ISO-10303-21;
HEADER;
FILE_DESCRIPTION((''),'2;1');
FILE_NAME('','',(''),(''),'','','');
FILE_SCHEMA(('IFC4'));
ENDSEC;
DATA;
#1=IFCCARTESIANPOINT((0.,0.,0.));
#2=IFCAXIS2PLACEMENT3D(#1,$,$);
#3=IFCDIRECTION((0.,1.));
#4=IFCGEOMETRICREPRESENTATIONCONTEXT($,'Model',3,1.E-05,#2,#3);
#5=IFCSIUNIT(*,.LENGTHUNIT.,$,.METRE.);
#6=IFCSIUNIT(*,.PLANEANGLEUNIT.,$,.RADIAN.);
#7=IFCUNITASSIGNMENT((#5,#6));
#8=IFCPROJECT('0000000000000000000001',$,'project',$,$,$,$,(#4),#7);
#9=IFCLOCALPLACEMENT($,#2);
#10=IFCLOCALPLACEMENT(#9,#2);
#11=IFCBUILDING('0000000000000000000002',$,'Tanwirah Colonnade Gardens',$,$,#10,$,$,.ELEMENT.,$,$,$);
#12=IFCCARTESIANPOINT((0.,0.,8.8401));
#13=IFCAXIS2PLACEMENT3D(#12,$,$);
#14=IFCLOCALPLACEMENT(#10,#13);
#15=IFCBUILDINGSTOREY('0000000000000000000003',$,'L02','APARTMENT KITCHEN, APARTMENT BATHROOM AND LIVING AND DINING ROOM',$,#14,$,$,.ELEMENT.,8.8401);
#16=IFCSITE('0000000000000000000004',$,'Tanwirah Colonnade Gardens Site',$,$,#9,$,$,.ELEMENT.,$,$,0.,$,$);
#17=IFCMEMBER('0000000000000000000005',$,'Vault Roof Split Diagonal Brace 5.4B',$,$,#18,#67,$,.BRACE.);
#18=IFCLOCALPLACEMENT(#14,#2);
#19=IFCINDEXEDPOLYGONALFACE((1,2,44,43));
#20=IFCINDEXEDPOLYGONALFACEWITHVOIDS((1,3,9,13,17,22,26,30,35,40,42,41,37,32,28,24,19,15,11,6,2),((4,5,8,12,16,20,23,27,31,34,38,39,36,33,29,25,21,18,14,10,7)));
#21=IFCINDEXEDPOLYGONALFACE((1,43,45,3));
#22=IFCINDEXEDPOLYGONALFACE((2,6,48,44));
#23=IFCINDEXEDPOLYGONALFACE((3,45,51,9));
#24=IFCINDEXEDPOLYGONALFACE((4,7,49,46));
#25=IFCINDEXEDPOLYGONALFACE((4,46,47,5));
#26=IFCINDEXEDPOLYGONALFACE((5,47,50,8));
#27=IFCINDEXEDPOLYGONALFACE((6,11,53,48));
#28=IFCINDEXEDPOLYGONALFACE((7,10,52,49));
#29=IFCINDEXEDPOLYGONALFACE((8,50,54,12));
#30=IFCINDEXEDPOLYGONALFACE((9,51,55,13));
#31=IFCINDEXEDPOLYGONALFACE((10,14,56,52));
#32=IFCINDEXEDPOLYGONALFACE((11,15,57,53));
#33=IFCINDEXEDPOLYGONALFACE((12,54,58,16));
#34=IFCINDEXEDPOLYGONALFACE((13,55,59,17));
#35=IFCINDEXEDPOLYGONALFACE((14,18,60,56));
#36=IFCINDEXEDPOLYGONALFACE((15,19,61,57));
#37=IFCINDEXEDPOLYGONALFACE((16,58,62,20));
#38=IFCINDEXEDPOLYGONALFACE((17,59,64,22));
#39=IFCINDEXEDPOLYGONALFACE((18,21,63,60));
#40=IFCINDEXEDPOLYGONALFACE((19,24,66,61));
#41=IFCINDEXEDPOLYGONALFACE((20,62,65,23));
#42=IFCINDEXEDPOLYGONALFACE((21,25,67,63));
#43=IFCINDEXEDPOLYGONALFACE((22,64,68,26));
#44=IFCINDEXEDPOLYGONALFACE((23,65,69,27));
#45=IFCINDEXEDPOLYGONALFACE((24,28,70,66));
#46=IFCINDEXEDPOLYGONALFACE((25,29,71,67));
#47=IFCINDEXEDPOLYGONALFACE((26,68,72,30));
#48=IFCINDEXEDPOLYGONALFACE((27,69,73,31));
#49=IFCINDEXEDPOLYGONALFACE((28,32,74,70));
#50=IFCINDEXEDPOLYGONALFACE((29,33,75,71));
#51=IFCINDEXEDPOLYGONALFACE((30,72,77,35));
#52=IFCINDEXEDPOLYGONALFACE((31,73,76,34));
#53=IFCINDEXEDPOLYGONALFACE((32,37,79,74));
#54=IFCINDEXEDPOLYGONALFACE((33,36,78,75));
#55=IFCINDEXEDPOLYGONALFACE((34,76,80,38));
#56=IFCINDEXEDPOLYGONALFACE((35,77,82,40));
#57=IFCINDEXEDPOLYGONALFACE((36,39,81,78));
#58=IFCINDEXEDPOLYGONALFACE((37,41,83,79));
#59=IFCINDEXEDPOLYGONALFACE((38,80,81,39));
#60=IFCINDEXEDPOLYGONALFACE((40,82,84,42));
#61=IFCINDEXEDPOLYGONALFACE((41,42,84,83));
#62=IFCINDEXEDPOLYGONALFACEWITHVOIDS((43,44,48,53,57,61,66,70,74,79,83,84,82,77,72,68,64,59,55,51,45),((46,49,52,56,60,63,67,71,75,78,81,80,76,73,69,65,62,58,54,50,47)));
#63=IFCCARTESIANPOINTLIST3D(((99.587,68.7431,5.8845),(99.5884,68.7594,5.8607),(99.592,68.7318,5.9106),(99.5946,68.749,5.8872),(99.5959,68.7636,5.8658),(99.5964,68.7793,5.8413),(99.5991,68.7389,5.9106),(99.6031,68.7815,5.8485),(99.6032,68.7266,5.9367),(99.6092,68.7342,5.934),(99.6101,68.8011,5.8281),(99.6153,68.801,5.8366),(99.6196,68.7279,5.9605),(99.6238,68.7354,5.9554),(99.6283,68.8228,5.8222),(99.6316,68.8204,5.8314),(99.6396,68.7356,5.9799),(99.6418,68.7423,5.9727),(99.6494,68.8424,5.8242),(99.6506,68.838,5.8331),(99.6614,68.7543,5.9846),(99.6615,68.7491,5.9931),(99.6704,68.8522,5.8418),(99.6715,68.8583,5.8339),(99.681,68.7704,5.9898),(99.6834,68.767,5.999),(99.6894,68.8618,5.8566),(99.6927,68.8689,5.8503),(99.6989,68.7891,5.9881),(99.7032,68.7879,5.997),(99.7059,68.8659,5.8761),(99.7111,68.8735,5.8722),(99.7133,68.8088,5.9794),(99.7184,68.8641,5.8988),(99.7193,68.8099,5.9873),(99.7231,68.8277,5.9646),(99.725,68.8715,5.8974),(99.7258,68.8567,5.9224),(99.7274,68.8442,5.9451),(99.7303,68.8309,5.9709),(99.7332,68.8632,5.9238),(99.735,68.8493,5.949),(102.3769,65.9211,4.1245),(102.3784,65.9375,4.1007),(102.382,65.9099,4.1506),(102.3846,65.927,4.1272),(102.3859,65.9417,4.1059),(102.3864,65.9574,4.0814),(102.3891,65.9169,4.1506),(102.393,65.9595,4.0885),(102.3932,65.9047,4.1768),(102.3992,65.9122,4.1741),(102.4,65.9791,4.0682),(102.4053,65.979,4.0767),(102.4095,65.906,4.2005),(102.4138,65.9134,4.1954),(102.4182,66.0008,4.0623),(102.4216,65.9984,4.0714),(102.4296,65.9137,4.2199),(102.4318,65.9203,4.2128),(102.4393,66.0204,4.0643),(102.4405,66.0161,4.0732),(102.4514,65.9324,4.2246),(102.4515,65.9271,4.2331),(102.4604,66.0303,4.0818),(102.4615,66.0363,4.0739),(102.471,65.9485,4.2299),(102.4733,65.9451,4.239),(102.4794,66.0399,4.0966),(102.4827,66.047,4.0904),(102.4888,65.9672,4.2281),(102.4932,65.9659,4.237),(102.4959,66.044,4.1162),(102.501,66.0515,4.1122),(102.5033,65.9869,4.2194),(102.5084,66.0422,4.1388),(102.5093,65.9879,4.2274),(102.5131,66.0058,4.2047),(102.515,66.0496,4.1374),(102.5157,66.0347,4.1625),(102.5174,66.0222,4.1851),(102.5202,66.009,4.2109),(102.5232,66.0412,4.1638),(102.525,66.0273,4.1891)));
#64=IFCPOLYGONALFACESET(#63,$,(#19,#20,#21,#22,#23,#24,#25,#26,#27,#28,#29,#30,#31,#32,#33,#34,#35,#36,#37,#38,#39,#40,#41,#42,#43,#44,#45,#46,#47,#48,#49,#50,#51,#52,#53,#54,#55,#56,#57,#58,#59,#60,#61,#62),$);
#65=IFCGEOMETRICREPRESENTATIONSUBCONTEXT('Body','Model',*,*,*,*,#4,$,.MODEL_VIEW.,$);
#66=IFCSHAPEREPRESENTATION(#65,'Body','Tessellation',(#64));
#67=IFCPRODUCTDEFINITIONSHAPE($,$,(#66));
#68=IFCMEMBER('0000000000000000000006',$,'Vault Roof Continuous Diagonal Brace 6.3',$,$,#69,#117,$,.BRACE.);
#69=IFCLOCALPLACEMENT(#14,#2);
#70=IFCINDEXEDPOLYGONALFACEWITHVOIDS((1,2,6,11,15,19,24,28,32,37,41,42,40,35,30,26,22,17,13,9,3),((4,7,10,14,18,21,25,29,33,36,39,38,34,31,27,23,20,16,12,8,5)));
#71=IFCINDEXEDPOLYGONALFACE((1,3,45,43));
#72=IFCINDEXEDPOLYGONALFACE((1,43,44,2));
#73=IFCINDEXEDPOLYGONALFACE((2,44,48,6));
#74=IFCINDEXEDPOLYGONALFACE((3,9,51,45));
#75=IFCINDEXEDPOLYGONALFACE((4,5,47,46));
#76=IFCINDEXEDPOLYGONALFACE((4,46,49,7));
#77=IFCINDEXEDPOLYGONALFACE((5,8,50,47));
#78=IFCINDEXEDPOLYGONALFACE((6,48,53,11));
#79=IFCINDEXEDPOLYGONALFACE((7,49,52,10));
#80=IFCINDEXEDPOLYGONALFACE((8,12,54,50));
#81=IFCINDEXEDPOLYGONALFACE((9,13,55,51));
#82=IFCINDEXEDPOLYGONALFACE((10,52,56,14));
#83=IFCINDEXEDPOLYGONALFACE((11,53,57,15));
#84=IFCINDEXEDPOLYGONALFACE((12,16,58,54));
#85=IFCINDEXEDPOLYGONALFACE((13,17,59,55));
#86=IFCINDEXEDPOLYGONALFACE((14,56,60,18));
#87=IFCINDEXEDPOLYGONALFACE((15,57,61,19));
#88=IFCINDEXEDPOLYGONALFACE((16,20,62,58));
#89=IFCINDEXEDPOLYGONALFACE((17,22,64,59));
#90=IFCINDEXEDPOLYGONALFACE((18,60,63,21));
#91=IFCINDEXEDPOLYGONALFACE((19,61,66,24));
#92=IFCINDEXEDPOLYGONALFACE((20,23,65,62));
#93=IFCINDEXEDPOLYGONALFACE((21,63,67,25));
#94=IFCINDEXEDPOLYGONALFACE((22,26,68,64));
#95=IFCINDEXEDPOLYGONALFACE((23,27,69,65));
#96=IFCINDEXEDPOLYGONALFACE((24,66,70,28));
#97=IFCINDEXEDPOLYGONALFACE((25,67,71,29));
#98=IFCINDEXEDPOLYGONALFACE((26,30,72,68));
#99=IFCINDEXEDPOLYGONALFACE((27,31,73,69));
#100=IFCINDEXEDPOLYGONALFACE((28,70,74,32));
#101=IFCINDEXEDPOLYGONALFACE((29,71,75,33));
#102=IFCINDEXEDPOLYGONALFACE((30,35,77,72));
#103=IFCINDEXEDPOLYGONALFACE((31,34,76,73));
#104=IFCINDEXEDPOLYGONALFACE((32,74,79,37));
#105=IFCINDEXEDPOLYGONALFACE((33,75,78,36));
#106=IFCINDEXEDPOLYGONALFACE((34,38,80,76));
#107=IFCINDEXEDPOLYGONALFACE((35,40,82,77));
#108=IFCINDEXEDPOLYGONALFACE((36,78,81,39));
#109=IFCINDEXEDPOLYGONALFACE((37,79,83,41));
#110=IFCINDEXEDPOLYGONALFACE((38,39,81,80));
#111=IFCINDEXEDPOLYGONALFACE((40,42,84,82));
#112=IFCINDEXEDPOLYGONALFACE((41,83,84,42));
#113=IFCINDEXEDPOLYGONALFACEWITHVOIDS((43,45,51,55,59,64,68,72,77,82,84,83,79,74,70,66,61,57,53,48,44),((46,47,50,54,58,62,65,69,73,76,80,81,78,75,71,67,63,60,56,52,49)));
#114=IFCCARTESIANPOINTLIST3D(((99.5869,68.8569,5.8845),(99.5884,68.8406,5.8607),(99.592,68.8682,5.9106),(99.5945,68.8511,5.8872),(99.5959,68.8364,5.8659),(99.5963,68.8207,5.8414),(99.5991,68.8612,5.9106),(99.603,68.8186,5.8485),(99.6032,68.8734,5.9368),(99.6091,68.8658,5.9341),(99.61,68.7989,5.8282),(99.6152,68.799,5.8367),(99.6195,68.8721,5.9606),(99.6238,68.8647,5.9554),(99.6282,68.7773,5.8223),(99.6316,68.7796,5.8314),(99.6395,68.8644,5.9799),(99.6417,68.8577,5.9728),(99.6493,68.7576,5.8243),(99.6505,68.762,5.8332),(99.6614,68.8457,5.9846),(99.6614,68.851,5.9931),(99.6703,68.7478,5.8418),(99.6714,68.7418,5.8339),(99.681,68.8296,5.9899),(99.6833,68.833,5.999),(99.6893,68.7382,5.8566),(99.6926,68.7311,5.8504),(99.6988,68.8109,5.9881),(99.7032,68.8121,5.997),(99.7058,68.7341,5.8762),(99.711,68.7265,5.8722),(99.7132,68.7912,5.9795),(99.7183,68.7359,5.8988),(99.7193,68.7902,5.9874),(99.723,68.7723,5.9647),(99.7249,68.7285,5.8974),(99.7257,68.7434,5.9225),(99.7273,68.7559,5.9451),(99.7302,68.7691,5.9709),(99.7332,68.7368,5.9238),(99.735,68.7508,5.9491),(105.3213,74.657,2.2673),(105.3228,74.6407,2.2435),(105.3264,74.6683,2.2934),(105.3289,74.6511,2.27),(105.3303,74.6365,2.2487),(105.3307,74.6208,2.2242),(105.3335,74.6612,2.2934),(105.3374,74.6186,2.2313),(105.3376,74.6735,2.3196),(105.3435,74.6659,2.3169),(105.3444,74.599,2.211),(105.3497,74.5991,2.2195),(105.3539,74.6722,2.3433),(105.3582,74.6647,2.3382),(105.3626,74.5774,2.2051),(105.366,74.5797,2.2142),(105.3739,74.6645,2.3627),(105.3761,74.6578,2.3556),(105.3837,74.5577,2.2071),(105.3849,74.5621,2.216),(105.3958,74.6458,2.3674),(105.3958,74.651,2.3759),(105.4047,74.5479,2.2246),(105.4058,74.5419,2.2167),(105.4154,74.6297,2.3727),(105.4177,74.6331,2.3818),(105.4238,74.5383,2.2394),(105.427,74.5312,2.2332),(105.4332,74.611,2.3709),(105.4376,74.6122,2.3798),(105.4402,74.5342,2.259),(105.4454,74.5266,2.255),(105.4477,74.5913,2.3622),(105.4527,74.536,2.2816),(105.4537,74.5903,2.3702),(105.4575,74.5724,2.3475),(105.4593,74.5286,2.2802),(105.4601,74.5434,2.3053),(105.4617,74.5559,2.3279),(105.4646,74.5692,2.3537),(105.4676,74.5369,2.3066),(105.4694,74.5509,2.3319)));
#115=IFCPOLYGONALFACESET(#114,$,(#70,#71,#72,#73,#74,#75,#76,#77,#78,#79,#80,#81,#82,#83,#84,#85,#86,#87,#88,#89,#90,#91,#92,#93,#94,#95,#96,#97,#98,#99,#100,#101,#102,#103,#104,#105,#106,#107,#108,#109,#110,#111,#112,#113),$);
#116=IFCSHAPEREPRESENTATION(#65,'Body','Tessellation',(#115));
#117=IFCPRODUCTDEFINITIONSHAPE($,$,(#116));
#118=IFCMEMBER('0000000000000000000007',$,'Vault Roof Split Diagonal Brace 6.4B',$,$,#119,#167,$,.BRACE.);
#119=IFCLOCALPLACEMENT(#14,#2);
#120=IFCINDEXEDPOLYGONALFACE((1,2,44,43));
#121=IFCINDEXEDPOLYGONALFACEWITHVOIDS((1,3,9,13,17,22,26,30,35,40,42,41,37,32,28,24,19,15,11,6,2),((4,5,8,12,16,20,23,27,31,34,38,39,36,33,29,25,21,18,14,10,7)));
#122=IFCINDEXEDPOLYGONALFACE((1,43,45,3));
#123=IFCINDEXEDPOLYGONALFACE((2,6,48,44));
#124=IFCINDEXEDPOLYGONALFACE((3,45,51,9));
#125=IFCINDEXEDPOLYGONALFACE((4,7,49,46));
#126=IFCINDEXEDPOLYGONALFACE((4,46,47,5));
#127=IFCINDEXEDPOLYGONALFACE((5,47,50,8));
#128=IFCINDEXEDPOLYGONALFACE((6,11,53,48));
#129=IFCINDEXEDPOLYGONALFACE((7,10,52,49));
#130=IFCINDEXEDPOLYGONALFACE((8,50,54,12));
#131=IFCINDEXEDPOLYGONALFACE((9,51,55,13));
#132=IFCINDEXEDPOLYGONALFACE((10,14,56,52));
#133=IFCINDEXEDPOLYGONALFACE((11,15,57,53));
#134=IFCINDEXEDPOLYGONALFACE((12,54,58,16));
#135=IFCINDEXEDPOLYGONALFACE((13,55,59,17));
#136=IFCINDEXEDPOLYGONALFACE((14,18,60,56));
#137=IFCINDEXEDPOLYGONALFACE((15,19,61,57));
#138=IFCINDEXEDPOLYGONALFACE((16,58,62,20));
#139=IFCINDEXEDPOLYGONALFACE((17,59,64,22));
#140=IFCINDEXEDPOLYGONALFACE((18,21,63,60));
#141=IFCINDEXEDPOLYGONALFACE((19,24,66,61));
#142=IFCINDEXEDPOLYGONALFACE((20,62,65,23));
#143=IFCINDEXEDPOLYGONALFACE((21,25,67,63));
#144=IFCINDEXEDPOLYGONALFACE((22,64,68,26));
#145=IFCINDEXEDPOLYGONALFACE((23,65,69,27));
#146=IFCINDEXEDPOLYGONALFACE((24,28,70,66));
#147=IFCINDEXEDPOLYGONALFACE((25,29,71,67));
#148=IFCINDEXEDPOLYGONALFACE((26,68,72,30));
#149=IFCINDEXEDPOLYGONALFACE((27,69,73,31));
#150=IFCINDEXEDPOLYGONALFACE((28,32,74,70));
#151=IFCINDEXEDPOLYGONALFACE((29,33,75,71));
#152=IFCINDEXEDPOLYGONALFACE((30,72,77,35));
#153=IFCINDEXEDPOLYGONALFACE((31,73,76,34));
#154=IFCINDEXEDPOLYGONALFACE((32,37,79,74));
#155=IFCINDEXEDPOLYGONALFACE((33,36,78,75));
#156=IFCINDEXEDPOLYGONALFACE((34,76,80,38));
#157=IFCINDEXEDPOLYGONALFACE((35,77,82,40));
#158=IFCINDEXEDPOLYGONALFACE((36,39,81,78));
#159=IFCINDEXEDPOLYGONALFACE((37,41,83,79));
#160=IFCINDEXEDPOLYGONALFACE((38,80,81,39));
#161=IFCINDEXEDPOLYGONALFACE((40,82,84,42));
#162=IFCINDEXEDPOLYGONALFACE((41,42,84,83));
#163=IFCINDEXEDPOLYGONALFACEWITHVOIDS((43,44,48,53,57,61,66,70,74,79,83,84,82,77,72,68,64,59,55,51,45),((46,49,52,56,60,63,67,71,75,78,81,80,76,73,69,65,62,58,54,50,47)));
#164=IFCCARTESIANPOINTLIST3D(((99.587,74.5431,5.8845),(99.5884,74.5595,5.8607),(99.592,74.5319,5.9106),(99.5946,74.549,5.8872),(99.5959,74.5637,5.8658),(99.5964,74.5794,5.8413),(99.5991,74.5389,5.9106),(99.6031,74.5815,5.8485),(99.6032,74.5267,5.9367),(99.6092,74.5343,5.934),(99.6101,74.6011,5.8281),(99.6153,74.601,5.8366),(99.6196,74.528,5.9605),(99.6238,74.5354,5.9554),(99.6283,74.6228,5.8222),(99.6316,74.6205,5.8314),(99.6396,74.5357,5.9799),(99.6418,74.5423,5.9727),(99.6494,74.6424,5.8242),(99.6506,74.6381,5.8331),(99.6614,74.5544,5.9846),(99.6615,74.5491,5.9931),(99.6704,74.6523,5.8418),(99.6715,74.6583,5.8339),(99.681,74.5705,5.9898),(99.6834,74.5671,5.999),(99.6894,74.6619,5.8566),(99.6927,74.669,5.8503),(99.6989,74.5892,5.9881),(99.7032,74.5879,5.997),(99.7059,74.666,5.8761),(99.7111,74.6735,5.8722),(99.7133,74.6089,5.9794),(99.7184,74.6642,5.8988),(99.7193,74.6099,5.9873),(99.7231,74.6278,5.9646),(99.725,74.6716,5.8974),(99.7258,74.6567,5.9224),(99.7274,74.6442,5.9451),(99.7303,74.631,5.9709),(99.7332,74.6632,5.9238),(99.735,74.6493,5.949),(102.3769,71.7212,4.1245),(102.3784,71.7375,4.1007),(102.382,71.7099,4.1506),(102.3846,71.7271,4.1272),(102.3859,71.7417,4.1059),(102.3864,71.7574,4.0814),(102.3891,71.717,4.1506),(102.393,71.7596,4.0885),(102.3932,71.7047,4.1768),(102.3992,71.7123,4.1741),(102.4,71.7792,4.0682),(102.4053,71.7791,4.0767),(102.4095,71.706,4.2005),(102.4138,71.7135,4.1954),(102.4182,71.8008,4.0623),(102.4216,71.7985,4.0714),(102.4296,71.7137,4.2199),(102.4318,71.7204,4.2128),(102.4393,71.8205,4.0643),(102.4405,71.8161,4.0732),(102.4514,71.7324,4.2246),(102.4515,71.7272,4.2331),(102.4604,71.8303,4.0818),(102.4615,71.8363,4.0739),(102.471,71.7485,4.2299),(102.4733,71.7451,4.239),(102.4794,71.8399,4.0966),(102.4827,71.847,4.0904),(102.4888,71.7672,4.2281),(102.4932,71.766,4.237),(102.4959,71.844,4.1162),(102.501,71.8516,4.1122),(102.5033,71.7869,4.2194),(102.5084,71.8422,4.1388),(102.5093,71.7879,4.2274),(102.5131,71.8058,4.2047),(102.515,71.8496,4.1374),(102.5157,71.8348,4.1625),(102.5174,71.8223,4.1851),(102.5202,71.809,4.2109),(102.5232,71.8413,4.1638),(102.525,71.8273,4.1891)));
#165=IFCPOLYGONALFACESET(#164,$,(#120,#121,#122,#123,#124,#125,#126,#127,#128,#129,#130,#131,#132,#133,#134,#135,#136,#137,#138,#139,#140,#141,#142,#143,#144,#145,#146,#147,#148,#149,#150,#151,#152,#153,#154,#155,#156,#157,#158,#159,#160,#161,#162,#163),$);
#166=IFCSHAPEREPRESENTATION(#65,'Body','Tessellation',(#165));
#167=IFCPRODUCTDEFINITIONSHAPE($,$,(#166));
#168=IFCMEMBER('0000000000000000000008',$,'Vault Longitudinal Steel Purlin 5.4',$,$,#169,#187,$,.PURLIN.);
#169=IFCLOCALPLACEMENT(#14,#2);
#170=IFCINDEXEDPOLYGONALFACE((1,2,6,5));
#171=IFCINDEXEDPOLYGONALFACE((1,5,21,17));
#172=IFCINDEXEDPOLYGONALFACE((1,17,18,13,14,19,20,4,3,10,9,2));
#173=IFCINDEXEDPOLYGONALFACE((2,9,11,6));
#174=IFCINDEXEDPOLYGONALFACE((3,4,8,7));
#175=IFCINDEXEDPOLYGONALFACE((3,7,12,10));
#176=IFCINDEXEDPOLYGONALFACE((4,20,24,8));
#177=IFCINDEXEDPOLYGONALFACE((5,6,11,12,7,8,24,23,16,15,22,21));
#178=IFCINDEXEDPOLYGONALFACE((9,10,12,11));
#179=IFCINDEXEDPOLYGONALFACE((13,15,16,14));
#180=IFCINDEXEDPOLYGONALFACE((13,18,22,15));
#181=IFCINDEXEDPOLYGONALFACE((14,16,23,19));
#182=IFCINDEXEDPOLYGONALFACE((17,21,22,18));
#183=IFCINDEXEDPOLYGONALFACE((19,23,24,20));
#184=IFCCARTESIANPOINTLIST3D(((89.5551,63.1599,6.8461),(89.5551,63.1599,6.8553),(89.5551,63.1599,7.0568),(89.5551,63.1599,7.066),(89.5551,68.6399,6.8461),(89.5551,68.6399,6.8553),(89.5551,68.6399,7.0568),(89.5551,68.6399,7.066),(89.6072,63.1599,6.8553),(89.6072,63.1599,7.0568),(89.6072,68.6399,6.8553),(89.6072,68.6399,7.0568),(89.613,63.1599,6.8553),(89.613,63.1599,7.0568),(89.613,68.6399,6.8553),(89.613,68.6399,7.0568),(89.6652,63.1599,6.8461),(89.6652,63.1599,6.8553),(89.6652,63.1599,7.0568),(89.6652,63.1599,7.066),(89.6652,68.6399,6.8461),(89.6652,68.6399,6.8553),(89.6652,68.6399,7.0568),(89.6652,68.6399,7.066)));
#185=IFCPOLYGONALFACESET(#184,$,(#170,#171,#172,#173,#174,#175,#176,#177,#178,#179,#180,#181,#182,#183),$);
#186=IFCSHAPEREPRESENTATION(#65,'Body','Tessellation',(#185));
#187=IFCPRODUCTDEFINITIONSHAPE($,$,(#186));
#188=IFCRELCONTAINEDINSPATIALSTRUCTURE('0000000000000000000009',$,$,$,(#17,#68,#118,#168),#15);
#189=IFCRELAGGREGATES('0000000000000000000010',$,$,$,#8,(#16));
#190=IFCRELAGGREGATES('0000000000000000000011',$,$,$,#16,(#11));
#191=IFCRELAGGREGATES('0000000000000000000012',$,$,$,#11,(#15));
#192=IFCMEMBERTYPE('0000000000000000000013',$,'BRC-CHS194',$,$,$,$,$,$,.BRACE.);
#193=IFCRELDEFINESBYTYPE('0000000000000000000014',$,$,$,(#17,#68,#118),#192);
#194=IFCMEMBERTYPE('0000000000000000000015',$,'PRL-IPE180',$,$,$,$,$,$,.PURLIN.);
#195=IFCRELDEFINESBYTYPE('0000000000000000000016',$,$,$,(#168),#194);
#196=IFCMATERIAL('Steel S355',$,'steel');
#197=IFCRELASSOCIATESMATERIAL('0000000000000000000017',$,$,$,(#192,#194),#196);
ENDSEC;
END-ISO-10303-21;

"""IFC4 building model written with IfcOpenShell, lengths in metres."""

from ifc_helpers import new_model, si_unit, direction, frame, origin, origin_2d, place, context, subcontext, project, spatial, hollow_circle, i_section, extrude, material, material_profile, profile_set, type_object, element, save


model = new_model("IFC4")

# Units and contexts
model_context = context("Model", 3, precision=1e-05, world=origin(), true_north=direction((0.0, 1.0)))
body_context = subcontext(model_context, "Body", "Model", "MODEL_VIEW")
ifc_project = project(units=[si_unit("LENGTHUNIT", "METRE"), si_unit("PLANEANGLEUNIT", "RADIAN")], contexts=[model_context])

# Site, building, storey
site_placement = place(None, origin())
site = spatial("IfcSite", under=ifc_project, at=site_placement, Name="Tanwirah Colonnade Gardens Site", CompositionType="ELEMENT", RefElevation=0.0)
building_placement = place(site_placement, origin())
building = spatial("IfcBuilding", under=site, at=building_placement, Name="Tanwirah Colonnade Gardens", CompositionType="ELEMENT")
storey_placement = place(building_placement, frame((0.0, 0.0, 8.8401)))
storey = spatial("IfcBuildingStorey", under=building, at=storey_placement, Name="L02", Description="APARTMENT KITCHEN, APARTMENT BATHROOM AND LIVING AND DINING ROOM", CompositionType="ELEMENT", Elevation=8.8401)

# Members
ifc_material_1 = material(Name="Steel S355", Category="steel")
ifc_material_profile_1 = material_profile(ifc_material_1, hollow_circle(Radius=0.0969, WallThickness=0.01, at=origin_2d()), Name="CHS 193.7x10")
ifc_profile_set_1 = profile_set([ifc_material_profile_1], Name="Steel S355")
member_type_1 = type_object("IfcMemberType", Name="BRC-CHS194", PredefinedType="BRACE", material=ifc_profile_set_1)
member_1_placement = place(storey_placement, frame((102.4509, 65.978, 4.1506), z_axis=(-0.642693, 0.65006, 0.405423), x_axis=(-0.711125, -0.703066, 0.0)))
element("IfcMember", 1, at=member_1_placement, inside=storey, type_object=member_type_1, Name="Vault Roof Split Diagonal Brace 5.4B", PredefinedType="BRACE", context=body_context, shape_type="SweptSolid", body=[
    extrude(hollow_circle(Radius=0.0969, WallThickness=0.01, at=origin_2d()), origin(), (0.0, 0.0, 1.0), 4.3411),
])
member_2_placement = place(storey_placement, frame((99.6609, 68.8, 5.9106), z_axis=(0.642701, 0.650061, -0.405409), x_axis=(-0.711121, 0.703069, 0.0)))
element("IfcMember", 2, at=member_2_placement, inside=storey, type_object=member_type_1, Name="Vault Roof Continuous Diagonal Brace 6.3", PredefinedType="BRACE", context=body_context, shape_type="SweptSolid", body=[
    extrude(hollow_circle(Radius=0.0969, WallThickness=0.01, at=origin_2d()), origin(), (0.0, 0.0, 1.0), 8.9224),
])
member_3_placement = place(storey_placement, frame((102.4509, 71.7781, 4.1506), z_axis=(-0.642693, 0.65006, 0.405423), x_axis=(-0.711125, -0.703066, 0.0)))
element("IfcMember", 3, at=member_3_placement, inside=storey, type_object=member_type_1, Name="Vault Roof Split Diagonal Brace 6.4B", PredefinedType="BRACE", context=body_context, shape_type="SweptSolid", body=[
    extrude(hollow_circle(Radius=0.0969, WallThickness=0.01, at=origin_2d()), origin(), (0.0, 0.0, 1.0), 4.3411),
])
ifc_material_profile_2 = material_profile(ifc_material_1, i_section(OverallWidth=0.1101, OverallDepth=0.22, WebThickness=0.0059, FlangeThickness=0.0093, at=origin_2d()), Name="IPE 220")
ifc_profile_set_2 = profile_set([ifc_material_profile_2], Name="Steel S355")
member_type_2 = type_object("IfcMemberType", Name="PRL-IPE180", PredefinedType="PURLIN", material=ifc_profile_set_2)
for number, where, z_axis, x_axis, name in (
    (4, (89.6101, 63.1599, 6.9561), (0.0, 1.0, 0.0), (-1.0, 0.0, 0.0), "Vault Longitudinal Steel Purlin 5.4"),
):
    element("IfcMember", number, at=place(storey_placement, frame(where, z_axis=z_axis, x_axis=x_axis)), inside=storey, type_object=member_type_2, Name=name, PredefinedType="PURLIN", context=body_context, shape_type="SweptSolid", body=[
        extrude(i_section(OverallWidth=0.1101, OverallDepth=0.22, WebThickness=0.0059, FlangeThickness=0.0093, at=origin_2d()), origin(), (0.0, 0.0, 1.0), 5.48),
    ])

save(model, "model.ifc")
